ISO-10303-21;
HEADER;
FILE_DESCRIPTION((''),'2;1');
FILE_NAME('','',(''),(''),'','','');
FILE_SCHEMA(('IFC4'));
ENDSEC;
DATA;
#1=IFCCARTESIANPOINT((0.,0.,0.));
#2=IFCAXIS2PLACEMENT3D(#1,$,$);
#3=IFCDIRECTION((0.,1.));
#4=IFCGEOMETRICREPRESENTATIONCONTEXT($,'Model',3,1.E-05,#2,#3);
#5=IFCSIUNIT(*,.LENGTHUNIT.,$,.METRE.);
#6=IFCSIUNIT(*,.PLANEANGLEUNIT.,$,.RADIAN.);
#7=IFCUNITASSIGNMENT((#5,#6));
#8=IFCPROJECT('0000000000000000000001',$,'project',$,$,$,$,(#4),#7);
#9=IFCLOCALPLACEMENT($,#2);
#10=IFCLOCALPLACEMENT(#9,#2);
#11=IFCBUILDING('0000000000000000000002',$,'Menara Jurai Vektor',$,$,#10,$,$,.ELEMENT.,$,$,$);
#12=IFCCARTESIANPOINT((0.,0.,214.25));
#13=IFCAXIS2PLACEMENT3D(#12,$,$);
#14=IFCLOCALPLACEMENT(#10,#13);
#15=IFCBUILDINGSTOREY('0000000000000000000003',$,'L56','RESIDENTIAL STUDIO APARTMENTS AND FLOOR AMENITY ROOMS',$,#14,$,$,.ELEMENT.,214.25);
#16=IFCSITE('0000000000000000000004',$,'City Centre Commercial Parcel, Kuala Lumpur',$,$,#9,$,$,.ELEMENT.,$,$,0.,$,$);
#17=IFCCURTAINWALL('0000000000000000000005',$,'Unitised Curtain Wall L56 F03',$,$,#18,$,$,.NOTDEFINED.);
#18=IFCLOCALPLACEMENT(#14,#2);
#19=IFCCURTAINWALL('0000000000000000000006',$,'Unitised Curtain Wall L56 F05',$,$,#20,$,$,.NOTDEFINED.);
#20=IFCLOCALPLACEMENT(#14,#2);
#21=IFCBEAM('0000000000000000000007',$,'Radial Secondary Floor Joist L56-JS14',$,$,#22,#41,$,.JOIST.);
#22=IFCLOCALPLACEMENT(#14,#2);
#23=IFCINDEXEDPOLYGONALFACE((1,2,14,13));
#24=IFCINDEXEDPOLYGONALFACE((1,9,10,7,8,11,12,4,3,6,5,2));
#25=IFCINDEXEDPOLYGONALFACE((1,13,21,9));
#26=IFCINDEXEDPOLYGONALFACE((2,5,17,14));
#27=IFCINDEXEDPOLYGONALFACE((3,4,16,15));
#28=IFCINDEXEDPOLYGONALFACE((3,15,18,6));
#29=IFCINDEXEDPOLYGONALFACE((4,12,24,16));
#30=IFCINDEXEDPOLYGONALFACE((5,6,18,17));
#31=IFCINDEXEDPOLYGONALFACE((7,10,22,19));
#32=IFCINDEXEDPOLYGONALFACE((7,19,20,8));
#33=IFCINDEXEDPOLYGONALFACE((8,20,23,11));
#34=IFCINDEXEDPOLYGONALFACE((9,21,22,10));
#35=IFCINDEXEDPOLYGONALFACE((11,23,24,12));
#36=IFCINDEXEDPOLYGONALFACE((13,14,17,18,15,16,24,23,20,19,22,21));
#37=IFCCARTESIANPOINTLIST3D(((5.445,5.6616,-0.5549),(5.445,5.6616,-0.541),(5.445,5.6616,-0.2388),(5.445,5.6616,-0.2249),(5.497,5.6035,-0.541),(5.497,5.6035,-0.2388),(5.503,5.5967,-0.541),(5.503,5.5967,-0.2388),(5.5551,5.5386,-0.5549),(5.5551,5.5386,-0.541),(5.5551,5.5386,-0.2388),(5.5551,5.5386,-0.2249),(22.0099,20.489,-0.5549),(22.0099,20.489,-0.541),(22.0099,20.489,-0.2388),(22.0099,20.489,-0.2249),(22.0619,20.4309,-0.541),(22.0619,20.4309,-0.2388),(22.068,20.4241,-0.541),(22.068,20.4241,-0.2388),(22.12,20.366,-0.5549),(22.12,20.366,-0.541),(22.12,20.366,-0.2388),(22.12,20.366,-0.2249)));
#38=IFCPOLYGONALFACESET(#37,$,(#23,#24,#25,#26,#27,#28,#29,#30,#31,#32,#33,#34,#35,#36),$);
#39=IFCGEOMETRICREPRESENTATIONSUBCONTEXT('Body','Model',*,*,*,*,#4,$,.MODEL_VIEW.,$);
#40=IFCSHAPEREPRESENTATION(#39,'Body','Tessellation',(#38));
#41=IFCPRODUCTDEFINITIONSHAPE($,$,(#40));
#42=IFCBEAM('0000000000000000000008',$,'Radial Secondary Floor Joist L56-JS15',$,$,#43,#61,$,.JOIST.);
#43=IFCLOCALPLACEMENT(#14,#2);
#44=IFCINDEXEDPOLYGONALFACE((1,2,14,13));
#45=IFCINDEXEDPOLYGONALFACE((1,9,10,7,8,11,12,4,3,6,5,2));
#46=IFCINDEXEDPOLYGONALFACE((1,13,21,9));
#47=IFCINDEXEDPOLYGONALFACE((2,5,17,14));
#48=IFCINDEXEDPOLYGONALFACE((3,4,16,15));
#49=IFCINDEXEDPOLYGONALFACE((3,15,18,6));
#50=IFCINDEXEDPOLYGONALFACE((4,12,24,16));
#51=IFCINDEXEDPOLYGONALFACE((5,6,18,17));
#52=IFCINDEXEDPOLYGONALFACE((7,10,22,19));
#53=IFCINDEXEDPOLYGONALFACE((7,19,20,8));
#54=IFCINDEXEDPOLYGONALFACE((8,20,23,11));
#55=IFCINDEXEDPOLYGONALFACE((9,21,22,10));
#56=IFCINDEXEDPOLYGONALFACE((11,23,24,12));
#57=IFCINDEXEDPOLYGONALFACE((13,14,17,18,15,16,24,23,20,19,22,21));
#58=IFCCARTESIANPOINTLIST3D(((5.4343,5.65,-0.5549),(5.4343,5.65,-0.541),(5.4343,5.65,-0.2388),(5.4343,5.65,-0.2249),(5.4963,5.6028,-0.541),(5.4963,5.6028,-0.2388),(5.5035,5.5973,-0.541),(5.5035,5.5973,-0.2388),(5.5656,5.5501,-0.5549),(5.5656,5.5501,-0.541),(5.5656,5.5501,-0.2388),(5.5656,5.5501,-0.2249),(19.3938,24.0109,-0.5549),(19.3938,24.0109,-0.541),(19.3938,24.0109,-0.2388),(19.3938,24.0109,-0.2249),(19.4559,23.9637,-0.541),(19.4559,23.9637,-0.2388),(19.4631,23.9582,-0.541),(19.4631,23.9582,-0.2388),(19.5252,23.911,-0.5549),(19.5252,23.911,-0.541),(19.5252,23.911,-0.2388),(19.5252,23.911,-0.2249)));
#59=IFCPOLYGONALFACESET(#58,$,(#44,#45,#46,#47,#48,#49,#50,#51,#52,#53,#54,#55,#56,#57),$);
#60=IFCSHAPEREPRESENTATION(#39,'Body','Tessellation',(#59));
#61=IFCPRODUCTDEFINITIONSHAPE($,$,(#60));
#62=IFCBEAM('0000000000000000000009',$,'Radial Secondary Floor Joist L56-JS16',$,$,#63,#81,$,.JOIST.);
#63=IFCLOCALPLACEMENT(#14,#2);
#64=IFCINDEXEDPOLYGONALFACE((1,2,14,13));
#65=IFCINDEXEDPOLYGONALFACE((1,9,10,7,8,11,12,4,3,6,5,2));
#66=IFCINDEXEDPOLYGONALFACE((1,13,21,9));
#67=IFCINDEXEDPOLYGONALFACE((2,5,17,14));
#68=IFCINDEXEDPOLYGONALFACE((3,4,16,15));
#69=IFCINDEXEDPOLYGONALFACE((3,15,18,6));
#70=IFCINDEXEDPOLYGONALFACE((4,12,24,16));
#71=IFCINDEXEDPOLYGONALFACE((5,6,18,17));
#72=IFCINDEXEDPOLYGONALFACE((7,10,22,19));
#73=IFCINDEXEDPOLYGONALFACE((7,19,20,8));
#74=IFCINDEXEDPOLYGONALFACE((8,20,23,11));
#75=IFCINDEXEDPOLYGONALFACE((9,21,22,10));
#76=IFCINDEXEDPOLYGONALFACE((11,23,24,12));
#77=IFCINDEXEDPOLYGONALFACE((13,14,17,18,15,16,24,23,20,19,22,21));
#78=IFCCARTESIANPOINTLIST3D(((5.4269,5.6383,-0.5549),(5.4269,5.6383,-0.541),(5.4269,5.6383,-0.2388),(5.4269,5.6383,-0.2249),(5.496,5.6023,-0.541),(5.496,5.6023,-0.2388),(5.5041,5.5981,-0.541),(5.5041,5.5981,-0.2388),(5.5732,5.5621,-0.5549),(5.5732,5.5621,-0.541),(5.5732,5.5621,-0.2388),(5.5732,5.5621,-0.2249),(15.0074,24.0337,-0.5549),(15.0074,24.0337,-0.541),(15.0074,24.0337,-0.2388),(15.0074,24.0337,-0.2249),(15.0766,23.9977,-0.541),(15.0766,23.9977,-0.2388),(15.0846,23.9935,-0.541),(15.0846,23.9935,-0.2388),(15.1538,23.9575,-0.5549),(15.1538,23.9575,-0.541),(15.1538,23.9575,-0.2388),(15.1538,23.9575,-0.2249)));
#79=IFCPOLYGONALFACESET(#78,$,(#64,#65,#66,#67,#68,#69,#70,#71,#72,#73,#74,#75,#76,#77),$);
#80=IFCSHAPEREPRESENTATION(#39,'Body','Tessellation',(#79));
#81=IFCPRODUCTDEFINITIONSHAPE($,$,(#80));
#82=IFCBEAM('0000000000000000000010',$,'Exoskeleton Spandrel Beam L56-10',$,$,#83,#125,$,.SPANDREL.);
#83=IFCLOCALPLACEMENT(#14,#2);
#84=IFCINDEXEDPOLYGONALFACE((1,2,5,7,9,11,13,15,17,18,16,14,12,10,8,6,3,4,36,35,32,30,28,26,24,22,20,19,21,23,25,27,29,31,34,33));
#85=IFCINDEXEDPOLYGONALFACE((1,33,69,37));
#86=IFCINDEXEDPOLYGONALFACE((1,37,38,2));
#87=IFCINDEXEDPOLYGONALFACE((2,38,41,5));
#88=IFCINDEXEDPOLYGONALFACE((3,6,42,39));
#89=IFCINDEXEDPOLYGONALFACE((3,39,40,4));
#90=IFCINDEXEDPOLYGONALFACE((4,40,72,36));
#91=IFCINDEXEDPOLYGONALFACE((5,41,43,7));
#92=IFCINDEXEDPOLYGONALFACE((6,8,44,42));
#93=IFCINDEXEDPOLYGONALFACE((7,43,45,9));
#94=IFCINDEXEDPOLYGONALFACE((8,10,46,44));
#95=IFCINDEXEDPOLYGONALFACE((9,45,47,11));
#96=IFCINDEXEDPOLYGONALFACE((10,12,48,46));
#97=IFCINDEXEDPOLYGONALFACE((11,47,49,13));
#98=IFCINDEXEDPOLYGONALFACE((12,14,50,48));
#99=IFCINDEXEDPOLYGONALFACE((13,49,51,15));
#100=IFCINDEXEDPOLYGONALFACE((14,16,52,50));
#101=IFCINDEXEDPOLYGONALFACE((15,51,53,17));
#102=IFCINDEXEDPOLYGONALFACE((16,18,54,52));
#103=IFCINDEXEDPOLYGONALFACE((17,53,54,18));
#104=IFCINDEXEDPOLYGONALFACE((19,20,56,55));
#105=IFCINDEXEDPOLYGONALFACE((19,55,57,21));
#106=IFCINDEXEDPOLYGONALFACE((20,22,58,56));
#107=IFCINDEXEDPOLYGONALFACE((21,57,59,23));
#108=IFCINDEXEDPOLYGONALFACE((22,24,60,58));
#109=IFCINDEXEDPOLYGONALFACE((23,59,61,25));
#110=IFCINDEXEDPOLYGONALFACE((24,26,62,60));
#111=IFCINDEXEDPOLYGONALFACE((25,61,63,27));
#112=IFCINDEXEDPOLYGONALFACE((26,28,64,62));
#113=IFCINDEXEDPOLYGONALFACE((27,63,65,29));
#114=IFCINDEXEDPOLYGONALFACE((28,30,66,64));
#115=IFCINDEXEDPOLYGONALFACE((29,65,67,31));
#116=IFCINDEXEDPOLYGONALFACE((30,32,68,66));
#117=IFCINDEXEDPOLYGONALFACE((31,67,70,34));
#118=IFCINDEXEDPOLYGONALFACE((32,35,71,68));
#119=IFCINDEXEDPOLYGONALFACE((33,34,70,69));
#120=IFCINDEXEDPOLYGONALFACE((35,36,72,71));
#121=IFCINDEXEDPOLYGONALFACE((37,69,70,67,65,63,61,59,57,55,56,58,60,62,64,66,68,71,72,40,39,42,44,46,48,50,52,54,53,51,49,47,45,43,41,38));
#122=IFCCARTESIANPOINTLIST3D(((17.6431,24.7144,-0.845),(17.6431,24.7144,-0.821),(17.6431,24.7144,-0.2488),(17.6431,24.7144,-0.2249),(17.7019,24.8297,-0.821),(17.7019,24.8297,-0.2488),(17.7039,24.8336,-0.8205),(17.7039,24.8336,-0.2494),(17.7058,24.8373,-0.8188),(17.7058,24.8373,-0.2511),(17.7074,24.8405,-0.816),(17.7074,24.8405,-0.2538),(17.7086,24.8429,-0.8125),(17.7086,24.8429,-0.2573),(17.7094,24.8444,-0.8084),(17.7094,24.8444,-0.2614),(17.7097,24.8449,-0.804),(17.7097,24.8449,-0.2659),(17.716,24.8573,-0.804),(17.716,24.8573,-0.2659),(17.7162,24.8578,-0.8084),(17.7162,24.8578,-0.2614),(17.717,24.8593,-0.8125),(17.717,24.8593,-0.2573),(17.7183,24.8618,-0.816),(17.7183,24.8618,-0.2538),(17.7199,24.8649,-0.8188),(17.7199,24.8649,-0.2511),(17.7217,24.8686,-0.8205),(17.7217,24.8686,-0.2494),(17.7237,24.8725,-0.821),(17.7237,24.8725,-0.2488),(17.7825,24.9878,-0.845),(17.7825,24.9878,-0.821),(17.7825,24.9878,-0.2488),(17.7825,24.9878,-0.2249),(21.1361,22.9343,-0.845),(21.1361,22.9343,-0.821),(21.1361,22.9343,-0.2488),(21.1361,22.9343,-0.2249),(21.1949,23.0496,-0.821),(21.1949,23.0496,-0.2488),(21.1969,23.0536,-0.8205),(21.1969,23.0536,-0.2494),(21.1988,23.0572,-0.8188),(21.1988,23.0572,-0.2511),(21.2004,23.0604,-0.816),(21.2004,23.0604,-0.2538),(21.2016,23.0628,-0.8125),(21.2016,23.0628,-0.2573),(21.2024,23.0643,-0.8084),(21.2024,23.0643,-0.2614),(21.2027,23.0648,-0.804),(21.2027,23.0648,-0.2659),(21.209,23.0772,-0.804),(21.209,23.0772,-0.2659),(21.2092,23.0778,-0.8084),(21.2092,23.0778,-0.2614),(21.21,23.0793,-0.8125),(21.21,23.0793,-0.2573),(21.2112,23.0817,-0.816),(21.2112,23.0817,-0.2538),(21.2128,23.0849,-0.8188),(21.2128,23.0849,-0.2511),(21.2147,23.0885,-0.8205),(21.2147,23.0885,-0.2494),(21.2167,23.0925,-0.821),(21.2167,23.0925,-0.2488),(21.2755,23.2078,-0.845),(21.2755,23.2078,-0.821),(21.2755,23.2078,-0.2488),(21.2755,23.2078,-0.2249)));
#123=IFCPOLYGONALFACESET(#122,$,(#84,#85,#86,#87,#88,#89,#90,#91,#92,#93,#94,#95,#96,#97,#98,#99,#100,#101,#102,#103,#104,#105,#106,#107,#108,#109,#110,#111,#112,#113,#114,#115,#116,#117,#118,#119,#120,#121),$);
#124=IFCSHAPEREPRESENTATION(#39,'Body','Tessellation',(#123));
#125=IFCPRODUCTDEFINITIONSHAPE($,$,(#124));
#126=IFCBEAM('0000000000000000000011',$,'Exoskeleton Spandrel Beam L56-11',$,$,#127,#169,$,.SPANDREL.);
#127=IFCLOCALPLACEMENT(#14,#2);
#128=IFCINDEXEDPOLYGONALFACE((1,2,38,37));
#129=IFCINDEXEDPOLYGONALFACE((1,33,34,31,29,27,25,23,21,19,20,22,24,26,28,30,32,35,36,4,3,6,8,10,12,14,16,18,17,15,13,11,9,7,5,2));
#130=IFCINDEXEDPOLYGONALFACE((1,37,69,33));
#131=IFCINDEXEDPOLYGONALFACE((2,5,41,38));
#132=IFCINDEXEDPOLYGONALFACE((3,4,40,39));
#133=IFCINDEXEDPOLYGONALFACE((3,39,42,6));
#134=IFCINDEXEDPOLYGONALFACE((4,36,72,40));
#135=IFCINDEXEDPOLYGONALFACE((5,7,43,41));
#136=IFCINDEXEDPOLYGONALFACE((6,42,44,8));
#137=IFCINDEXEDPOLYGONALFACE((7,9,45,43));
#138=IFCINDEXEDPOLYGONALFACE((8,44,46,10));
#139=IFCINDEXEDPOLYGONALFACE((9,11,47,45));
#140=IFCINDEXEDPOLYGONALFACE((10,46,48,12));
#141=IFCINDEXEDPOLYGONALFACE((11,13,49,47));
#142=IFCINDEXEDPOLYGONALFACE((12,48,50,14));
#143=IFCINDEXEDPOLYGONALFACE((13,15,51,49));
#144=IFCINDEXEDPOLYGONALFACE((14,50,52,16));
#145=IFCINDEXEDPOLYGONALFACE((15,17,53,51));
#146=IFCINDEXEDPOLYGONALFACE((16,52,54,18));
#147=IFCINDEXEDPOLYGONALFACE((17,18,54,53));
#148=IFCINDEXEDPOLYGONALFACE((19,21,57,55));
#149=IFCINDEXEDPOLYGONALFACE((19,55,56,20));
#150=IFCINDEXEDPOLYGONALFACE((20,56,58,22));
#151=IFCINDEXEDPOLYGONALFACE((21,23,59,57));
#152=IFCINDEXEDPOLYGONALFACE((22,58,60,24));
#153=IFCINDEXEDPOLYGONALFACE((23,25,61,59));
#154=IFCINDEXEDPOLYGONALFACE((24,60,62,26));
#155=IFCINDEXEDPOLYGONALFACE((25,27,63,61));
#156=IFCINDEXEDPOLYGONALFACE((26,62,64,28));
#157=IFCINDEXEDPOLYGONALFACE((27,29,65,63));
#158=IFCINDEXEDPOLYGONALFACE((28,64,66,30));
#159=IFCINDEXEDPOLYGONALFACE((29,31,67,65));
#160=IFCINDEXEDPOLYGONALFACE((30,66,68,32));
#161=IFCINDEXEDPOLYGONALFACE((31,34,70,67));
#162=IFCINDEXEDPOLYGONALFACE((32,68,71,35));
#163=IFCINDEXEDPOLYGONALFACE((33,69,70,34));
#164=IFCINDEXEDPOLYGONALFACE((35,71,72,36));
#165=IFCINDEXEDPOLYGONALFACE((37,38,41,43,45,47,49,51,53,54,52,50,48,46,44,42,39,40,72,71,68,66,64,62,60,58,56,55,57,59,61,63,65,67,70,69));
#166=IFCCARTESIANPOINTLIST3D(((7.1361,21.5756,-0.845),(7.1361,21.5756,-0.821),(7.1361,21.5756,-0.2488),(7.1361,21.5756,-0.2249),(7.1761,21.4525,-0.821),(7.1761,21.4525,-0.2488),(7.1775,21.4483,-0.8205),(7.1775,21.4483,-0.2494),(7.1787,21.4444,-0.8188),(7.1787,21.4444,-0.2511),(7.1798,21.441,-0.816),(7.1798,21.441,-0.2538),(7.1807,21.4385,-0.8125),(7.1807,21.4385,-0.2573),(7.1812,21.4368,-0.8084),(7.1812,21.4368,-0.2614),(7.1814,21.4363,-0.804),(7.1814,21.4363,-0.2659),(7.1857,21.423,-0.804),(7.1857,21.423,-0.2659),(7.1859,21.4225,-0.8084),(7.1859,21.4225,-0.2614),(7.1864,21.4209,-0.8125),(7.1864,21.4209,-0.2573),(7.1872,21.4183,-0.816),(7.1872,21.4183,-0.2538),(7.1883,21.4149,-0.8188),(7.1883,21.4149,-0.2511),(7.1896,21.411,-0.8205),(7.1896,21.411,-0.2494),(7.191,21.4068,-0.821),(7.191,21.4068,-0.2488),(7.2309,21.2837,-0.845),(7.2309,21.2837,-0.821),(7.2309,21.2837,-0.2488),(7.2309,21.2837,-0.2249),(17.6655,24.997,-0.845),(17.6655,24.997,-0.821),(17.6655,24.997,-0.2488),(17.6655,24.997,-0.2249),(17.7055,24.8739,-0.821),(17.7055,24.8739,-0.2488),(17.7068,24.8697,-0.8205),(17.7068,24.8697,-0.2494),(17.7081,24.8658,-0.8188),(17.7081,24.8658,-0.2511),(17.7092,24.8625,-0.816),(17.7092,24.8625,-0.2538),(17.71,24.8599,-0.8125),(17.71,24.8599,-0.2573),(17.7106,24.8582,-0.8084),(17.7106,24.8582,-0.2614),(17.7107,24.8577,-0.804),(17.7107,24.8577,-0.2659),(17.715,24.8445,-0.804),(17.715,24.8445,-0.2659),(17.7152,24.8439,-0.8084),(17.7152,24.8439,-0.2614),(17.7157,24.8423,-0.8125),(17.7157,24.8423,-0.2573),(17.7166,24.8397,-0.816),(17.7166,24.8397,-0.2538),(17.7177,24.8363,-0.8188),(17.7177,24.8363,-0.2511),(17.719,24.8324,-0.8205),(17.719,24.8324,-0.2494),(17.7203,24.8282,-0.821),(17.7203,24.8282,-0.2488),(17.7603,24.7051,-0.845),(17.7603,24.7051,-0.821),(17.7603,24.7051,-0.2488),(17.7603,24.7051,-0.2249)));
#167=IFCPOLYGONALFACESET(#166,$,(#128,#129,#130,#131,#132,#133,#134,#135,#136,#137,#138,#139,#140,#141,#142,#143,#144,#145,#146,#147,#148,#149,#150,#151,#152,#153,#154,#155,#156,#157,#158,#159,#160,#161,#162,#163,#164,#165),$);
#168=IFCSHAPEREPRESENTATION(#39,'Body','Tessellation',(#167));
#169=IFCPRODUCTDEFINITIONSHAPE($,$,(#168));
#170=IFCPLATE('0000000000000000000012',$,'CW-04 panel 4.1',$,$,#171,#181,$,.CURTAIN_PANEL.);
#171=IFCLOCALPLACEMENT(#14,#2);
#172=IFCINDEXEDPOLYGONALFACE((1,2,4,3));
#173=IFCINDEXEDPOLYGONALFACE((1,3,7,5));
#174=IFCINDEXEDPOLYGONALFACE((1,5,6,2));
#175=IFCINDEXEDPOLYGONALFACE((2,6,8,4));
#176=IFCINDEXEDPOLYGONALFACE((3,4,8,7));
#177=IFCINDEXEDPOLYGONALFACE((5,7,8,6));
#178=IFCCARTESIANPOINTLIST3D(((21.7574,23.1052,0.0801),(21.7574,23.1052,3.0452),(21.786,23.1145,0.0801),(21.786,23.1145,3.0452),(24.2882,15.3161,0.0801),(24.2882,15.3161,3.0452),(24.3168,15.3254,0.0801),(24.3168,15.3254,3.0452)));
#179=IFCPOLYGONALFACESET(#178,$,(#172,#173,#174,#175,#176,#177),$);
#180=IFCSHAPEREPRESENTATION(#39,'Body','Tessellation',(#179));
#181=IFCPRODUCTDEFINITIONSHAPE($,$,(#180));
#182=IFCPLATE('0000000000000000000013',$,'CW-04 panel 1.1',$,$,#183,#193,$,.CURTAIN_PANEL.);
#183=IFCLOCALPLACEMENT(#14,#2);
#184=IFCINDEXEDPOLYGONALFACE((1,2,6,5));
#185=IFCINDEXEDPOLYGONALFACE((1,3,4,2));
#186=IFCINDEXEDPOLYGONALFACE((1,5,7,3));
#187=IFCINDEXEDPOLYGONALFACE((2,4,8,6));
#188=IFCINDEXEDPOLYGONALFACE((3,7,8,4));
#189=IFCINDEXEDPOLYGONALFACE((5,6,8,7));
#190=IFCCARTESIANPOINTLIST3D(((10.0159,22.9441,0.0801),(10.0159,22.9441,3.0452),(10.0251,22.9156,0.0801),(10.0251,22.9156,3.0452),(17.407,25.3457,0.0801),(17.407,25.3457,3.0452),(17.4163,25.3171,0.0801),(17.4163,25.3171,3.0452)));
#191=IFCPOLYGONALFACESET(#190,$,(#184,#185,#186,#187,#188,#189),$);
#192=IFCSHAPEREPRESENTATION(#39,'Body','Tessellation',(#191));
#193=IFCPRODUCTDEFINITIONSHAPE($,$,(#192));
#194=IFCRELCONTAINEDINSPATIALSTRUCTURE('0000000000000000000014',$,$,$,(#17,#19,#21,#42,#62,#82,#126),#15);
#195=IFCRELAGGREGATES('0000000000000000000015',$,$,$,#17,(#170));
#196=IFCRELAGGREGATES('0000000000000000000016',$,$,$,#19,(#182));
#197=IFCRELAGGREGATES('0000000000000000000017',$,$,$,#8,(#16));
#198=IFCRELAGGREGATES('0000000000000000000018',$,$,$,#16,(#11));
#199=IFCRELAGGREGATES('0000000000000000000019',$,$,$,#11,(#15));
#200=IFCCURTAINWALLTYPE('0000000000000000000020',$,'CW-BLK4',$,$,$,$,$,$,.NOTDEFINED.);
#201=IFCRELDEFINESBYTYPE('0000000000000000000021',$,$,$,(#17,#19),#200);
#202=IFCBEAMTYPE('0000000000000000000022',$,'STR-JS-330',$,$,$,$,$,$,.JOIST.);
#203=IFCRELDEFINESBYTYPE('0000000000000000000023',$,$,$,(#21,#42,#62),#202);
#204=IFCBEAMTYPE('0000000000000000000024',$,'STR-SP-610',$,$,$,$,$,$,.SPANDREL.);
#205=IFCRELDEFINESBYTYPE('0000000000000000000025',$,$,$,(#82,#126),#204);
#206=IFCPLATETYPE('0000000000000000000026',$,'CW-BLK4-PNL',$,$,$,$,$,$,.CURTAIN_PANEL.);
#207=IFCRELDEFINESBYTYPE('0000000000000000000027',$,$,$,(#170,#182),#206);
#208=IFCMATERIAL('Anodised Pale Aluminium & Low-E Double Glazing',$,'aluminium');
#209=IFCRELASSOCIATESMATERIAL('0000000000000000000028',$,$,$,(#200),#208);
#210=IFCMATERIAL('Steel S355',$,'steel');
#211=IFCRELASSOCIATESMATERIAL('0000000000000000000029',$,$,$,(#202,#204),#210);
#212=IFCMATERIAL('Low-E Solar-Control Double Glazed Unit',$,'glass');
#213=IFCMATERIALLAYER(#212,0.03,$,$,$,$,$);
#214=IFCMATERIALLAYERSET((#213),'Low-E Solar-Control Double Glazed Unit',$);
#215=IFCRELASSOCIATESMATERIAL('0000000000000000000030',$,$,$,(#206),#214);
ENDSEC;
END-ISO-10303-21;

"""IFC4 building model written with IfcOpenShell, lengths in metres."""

from ifc_helpers import new_model, si_unit, direction, frame, origin, origin_2d, place, context, subcontext, project, spatial, rectangle, i_section, extrude, material, layer, layer_set, material_profile, profile_set, type_object, element, aggregate, save


model = new_model("IFC4")

# Units and contexts
model_context = context("Model", 3, precision=1e-05, world=origin(), true_north=direction((0.0, 1.0)))
body_context = subcontext(model_context, "Body", "Model", "MODEL_VIEW")
ifc_project = project(units=[si_unit("LENGTHUNIT", "METRE"), si_unit("PLANEANGLEUNIT", "RADIAN")], contexts=[model_context])

# Site, building, storey
site_placement = place(None, origin())
site = spatial("IfcSite", under=ifc_project, at=site_placement, Name="City Centre Commercial Parcel, Kuala Lumpur", CompositionType="ELEMENT", RefElevation=0.0)
building_placement = place(site_placement, origin())
building = spatial("IfcBuilding", under=site, at=building_placement, Name="Menara Jurai Vektor", CompositionType="ELEMENT")
storey_placement = place(building_placement, frame((0.0, 0.0, 214.25)))
storey = spatial("IfcBuildingStorey", under=building, at=storey_placement, Name="L56", Description="RESIDENTIAL STUDIO APARTMENTS AND FLOOR AMENITY ROOMS", CompositionType="ELEMENT", Elevation=214.25)

# Curtain wall
ifc_material_1 = material(Name="Anodised Pale Aluminium & Low-E Double Glazing", Category="aluminium")
curtain_wall_type = type_object("IfcCurtainWallType", Name="CW-BLK4", PredefinedType="NOTDEFINED", material=ifc_material_1)
curtain_wall_1_placement = place(storey_placement, origin())
curtain_wall_1 = element("IfcCurtainWall", 1, at=curtain_wall_1_placement, inside=storey, type_object=curtain_wall_type, Name="Unitised Curtain Wall L56 F03", PredefinedType="NOTDEFINED")

# Curtain wall
curtain_wall_2_placement = place(storey_placement, origin())
curtain_wall_2 = element("IfcCurtainWall", 2, at=curtain_wall_2_placement, inside=storey, type_object=curtain_wall_type, Name="Unitised Curtain Wall L56 F05", PredefinedType="NOTDEFINED")

# Shared definitions
ifc_material_2 = material(Name="Steel S355", Category="steel")

# Beams
ifc_material_profile_1 = material_profile(ifc_material_2, i_section(OverallWidth=0.165, OverallDepth=0.3301, WebThickness=0.009, FlangeThickness=0.0139, at=origin_2d()), Name="PG 330x165x46")
ifc_profile_set_1 = profile_set([ifc_material_profile_1], Name="Steel S355")
beam_type_1 = type_object("IfcBeamType", Name="STR-JS-330", PredefinedType="JOIST", material=ifc_profile_set_1)
beam_1_placement = place(storey_placement, frame((22.0649, 20.4275, -0.3899), z_axis=(-0.745104, -0.666948, 0.0), x_axis=(0.666948, -0.745104, 0.0)))
element("IfcBeam", 3, at=beam_1_placement, inside=storey, type_object=beam_type_1, Name="Radial Secondary Floor Joist L56-JS14", PredefinedType="JOIST", context=body_context, shape_type="SweptSolid", body=[
    extrude(i_section(OverallWidth=0.165, OverallDepth=0.3301, WebThickness=0.009, FlangeThickness=0.0139, at=origin_2d()), origin(), (0.0, 0.0, 1.0), 22.2317),
])
beam_2_placement = place(storey_placement, frame((19.4595, 23.9609, -0.3899), z_axis=(-0.605227, -0.796053, 0.0), x_axis=(0.796053, -0.605227, 0.0)))
element("IfcBeam", 4, at=beam_2_placement, inside=storey, type_object=beam_type_1, Name="Radial Secondary Floor Joist L56-JS15", PredefinedType="JOIST", context=body_context, shape_type="SweptSolid", body=[
    extrude(i_section(OverallWidth=0.165, OverallDepth=0.3301, WebThickness=0.009, FlangeThickness=0.0139, at=origin_2d()), origin(), (0.0, 0.0, 1.0), 23.0649),
])
beam_3_placement = place(storey_placement, frame((15.0806, 23.9956, -0.3899), z_axis=(-0.461918, -0.886923, 0.0), x_axis=(0.886923, -0.461918, 0.0)))
element("IfcBeam", 5, at=beam_3_placement, inside=storey, type_object=beam_type_1, Name="Radial Secondary Floor Joist L56-JS16", PredefinedType="JOIST", context=body_context, shape_type="SweptSolid", body=[
    extrude(i_section(OverallWidth=0.165, OverallDepth=0.3301, WebThickness=0.009, FlangeThickness=0.0139, at=origin_2d()), origin(), (0.0, 0.0, 1.0), 20.7407),
])
ifc_material_profile_2 = material_profile(ifc_material_2, i_section(OverallWidth=0.3069, OverallDepth=0.6201, WebThickness=0.0139, FlangeThickness=0.0239, FilletRadius=0.0171, at=origin_2d()), Name="UKB 610x305x179")
ifc_profile_set_2 = profile_set([ifc_material_profile_2], Name="Steel S355")
beam_type_2 = type_object("IfcBeamType", Name="STR-SP-610", PredefinedType="SPANDREL", material=ifc_profile_set_2)
beam_4_placement = place(storey_placement, frame((21.2058, 23.071, -0.5349), z_axis=(-0.890976, 0.454051, 0.0), x_axis=(-0.454051, -0.890976, 0.0)))
element("IfcBeam", 6, at=beam_4_placement, inside=storey, type_object=beam_type_2, Name="Exoskeleton Spandrel Beam L56-10", PredefinedType="SPANDREL", context=body_context, shape_type="SweptSolid", body=[
    extrude(i_section(OverallWidth=0.3069, OverallDepth=0.6201, WebThickness=0.0139, FlangeThickness=0.0239, FilletRadius=0.0171, at=origin_2d()), origin(), (0.0, 0.0, 1.0), 3.9204),
])
beam_5_placement = place(storey_placement, frame((17.7129, 24.8511, -0.5349), z_axis=(-0.951051, -0.309034, 0.0), x_axis=(0.309034, -0.951051, 0.0)))
element("IfcBeam", 7, at=beam_5_placement, inside=storey, type_object=beam_type_2, Name="Exoskeleton Spandrel Beam L56-11", PredefinedType="SPANDREL", context=body_context, shape_type="SweptSolid", body=[
    extrude(i_section(OverallWidth=0.3069, OverallDepth=0.6201, WebThickness=0.0139, FlangeThickness=0.0239, FilletRadius=0.0171, at=origin_2d()), origin(), (0.0, 0.0, 1.0), 11.0713),
])

# Plates
ifc_material_3 = material(Name="Low-E Solar-Control Double Glazed Unit", Category="glass")
ifc_layer_1 = layer(ifc_material_3, 0.03)
ifc_layer_set_1 = layer_set([ifc_layer_1], Name="Low-E Solar-Control Double Glazed Unit")
plate_type_1 = type_object("IfcPlateType", Name="CW-BLK4-PNL", PredefinedType="CURTAIN_PANEL", material=ifc_layer_set_1)
plate_1_placement = place(storey_placement, frame((23.0371, 19.2153, 0.0801), z_axis=(0.0, 0.0, 1.0), x_axis=(-0.309016, 0.951057, 0.0)))
plate_1 = element("IfcPlate", 8, at=plate_1_placement, type_object=plate_type_1, Name="CW-04 panel 4.1", PredefinedType="CURTAIN_PANEL", context=body_context, shape_type="SweptSolid", body=[
    extrude(rectangle(XDim=8.1899, YDim=0.03, at=origin_2d()), origin(), (0.0, 0.0, 1.0), 2.9651),
])
aggregate(curtain_wall_1, [plate_1])
plate_2_placement = place(storey_placement, frame((13.7161, 24.1306, 0.0801), z_axis=(0.0, 0.0, 1.0), x_axis=(-0.951056, -0.309017, 0.0)))
plate_2 = element("IfcPlate", 9, at=plate_2_placement, type_object=plate_type_1, Name="CW-04 panel 1.1", PredefinedType="CURTAIN_PANEL", context=body_context, shape_type="SweptSolid", body=[
    extrude(rectangle(XDim=7.7715, YDim=0.03, at=origin_2d()), origin(), (0.0, 0.0, 1.0), 2.9651),
])
aggregate(curtain_wall_2, [plate_2])

save(model, "model.ifc")
